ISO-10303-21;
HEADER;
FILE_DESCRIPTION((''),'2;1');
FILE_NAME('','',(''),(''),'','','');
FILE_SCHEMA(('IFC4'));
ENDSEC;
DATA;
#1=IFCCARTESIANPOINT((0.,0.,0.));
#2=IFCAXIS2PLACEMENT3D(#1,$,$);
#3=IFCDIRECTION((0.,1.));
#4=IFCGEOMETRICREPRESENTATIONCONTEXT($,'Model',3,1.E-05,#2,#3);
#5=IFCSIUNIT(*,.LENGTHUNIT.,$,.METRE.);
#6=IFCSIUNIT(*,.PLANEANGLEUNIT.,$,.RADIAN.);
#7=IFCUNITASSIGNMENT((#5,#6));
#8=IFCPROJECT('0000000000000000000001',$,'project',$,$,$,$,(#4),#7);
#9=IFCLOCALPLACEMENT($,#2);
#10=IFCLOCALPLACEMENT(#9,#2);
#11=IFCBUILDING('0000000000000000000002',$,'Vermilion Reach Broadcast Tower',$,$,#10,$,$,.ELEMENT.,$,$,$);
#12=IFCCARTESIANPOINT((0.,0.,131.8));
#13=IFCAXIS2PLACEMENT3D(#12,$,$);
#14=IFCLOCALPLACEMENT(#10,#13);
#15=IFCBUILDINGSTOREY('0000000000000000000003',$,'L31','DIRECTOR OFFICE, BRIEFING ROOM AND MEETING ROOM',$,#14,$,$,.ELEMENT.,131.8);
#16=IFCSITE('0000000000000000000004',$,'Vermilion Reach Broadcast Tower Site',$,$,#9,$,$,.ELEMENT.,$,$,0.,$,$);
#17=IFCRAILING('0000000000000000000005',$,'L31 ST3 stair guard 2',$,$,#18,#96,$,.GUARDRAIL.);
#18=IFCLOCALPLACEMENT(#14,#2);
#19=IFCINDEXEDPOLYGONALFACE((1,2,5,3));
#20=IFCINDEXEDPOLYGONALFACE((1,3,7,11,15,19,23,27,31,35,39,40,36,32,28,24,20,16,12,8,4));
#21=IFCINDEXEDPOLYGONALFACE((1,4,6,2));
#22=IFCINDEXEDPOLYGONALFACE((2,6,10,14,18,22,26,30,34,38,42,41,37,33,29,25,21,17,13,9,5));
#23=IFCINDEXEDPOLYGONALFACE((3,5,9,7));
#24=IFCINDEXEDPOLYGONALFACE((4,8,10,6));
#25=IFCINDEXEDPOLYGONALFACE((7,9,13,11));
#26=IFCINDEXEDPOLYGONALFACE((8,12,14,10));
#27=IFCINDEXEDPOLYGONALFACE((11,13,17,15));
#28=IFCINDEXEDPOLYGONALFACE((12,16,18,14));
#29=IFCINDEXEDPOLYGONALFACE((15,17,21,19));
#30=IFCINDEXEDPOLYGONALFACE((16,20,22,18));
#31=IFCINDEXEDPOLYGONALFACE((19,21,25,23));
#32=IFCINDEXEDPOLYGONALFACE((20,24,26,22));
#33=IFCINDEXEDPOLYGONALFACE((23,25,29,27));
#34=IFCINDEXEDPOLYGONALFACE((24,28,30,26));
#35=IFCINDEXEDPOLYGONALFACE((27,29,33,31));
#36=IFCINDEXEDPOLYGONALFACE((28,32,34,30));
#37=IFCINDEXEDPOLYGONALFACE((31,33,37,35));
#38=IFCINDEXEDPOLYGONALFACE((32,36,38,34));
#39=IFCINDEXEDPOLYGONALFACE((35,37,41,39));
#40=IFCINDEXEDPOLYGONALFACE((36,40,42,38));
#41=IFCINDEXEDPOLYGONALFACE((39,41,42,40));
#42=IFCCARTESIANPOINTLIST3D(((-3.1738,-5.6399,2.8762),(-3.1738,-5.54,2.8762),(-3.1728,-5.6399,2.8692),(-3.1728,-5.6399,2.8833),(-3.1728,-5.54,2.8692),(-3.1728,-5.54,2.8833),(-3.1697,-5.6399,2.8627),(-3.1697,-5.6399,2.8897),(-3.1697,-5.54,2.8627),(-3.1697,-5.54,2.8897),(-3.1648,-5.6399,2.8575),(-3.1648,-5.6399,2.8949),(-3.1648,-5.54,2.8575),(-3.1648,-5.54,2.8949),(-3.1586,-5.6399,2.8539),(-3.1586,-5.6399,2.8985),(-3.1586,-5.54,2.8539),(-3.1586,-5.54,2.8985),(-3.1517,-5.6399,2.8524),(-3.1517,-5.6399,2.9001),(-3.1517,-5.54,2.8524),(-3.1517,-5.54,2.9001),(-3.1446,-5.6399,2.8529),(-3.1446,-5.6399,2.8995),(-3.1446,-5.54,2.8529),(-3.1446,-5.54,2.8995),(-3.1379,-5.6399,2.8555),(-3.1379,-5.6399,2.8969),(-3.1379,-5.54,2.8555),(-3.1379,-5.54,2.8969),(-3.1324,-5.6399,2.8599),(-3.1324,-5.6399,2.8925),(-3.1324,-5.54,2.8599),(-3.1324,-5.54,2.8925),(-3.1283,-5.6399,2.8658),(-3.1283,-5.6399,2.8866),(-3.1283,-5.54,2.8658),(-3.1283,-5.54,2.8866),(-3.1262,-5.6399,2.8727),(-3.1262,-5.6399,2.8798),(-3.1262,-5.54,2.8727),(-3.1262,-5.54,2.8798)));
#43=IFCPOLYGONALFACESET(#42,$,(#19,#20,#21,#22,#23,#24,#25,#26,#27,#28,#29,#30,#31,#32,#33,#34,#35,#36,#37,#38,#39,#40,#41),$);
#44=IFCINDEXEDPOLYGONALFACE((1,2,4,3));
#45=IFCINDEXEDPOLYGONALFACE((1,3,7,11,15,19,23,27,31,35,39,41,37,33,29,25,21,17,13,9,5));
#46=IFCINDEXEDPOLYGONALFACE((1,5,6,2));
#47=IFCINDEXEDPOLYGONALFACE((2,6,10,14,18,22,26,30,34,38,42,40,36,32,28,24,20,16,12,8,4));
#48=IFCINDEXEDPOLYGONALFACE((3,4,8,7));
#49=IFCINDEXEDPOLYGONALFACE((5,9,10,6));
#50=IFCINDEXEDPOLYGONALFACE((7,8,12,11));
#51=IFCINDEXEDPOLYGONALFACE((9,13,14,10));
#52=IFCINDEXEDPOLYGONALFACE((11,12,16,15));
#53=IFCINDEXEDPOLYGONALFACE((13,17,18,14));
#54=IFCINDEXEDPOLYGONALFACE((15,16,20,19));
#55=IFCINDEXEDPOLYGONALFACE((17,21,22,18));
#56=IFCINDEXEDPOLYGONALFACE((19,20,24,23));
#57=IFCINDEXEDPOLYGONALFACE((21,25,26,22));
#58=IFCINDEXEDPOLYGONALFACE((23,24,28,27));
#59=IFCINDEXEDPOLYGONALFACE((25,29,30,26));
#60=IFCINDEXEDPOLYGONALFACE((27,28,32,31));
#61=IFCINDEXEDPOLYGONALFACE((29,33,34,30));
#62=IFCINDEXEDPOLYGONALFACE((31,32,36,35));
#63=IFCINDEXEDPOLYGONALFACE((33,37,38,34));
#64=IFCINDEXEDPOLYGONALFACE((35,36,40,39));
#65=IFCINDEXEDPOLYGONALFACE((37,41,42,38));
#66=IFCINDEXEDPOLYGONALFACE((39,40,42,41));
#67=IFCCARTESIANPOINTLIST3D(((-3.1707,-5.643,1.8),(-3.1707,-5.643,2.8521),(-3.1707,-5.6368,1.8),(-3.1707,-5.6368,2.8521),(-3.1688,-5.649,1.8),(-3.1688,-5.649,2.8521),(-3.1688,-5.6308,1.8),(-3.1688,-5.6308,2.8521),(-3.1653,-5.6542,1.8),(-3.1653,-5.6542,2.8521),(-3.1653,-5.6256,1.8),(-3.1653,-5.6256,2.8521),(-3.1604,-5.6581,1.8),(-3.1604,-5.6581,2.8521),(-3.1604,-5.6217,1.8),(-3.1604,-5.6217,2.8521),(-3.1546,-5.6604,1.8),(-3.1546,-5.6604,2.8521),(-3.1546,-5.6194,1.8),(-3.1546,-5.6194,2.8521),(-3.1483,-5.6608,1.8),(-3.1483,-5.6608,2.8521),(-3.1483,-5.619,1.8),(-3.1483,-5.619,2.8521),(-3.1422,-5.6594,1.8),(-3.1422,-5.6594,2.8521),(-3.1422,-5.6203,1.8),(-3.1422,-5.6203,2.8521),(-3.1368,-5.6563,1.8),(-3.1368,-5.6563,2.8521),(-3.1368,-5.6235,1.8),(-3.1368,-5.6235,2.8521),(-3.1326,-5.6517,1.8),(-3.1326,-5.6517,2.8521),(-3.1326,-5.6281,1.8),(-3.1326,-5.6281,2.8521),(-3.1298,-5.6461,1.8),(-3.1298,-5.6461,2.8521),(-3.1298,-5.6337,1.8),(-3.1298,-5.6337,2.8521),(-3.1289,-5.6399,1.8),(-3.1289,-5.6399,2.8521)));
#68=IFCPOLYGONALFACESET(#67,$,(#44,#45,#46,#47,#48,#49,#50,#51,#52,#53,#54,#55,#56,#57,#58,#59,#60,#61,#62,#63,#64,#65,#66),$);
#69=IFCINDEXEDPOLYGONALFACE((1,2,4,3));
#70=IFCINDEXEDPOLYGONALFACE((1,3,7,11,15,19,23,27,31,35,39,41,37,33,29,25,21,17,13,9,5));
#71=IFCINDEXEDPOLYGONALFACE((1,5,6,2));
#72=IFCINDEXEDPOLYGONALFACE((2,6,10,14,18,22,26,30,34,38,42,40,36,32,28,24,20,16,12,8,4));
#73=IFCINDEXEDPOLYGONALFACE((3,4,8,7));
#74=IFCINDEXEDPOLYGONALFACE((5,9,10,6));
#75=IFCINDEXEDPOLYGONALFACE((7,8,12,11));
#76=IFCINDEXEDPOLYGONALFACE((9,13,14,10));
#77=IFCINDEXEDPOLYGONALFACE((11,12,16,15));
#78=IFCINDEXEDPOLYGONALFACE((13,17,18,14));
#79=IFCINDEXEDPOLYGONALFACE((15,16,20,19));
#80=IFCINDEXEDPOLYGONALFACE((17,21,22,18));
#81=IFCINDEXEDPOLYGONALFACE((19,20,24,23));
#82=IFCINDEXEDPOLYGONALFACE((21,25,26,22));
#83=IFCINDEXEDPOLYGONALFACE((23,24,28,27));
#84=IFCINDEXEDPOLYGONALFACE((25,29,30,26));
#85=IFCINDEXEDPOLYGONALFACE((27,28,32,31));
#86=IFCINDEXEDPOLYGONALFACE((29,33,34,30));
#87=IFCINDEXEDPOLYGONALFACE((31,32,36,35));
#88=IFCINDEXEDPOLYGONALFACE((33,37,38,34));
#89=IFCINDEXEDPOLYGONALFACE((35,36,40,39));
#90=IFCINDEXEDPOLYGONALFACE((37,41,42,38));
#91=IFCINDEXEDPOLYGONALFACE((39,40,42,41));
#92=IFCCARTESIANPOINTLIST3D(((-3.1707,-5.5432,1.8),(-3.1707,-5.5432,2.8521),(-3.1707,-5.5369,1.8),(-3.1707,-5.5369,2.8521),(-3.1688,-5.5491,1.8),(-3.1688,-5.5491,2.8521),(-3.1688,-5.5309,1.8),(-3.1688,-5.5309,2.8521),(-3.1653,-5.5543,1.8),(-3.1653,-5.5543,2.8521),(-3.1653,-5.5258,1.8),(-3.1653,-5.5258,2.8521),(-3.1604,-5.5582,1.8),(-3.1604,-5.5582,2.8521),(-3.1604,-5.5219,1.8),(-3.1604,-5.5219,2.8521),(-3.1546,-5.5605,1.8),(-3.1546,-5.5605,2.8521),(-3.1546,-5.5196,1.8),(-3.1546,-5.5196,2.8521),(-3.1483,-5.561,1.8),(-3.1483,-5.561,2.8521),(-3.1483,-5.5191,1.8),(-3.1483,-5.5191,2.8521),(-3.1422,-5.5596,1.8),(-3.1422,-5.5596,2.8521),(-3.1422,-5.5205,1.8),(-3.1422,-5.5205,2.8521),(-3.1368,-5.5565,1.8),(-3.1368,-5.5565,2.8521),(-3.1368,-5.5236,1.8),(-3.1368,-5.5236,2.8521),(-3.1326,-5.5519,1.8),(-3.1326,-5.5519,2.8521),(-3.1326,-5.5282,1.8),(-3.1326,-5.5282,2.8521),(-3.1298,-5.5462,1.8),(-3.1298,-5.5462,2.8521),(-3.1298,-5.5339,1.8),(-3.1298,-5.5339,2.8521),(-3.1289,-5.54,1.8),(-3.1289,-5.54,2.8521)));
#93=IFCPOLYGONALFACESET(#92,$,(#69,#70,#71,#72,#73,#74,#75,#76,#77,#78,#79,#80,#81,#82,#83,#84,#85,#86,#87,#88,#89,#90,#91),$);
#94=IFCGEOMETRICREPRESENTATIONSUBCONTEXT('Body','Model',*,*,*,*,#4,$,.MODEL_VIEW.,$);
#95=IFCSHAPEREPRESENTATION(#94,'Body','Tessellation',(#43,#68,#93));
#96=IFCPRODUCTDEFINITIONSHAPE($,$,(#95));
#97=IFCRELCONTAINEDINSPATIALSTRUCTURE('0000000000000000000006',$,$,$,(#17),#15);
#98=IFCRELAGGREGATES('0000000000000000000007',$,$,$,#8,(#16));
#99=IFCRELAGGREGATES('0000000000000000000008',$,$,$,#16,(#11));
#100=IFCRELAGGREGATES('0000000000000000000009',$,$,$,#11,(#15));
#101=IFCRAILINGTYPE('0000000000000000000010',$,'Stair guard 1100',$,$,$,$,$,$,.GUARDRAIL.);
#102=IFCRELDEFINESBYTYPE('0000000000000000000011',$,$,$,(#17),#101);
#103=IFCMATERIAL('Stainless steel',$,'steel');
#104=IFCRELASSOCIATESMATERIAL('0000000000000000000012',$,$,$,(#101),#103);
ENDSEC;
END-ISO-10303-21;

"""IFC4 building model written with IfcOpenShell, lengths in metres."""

from ifc_helpers import new_model, si_unit, direction, frame, origin, origin_2d, place, context, subcontext, project, spatial, circle, extrude, material, type_object, element, save


model = new_model("IFC4")

# Units and contexts
model_context = context("Model", 3, precision=1e-05, world=origin(), true_north=direction((0.0, 1.0)))
body_context = subcontext(model_context, "Body", "Model", "MODEL_VIEW")
ifc_project = project(units=[si_unit("LENGTHUNIT", "METRE"), si_unit("PLANEANGLEUNIT", "RADIAN")], contexts=[model_context])

# Site, building, storey
site_placement = place(None, origin())
site = spatial("IfcSite", under=ifc_project, at=site_placement, Name="Vermilion Reach Broadcast Tower Site", CompositionType="ELEMENT", RefElevation=0.0)
building_placement = place(site_placement, origin())
building = spatial("IfcBuilding", under=site, at=building_placement, Name="Vermilion Reach Broadcast Tower", CompositionType="ELEMENT")
storey_placement = place(building_placement, frame((0.0, 0.0, 131.8)))
storey = spatial("IfcBuildingStorey", under=building, at=storey_placement, Name="L31", Description="DIRECTOR OFFICE, BRIEFING ROOM AND MEETING ROOM", CompositionType="ELEMENT", Elevation=131.8)

# Railing
ifc_material_1 = material(Name="Stainless steel", Category="steel")
railing_type_1 = type_object("IfcRailingType", Name="Stair guard 1100", PredefinedType="GUARDRAIL", material=ifc_material_1)
railing_1_placement = place(storey_placement, frame((-3.1499, -5.6399, 1.8)))
element("IfcRailing", 1, at=railing_1_placement, inside=storey, type_object=railing_type_1, Name="L31 ST3 stair guard 2", PredefinedType="GUARDRAIL", context=body_context, shape_type="SweptSolid", body=[
    extrude(circle(Radius=0.0239, at=origin_2d()), frame((0.0, 0.0, 1.0762), z_axis=(0.0, 1.0, 0.0), x_axis=(-1.0, 0.0, 0.0)), (0.0, 0.0, 1.0), 0.0999),
    extrude(circle(Radius=0.021, at=origin_2d()), origin(), (0.0, 0.0, 1.0), 1.052),
    extrude(circle(Radius=0.021, at=origin_2d()), frame((0.0, 0.0999, 0.0)), (0.0, 0.0, 1.0), 1.052),
])

save(model, "model.ifc")
